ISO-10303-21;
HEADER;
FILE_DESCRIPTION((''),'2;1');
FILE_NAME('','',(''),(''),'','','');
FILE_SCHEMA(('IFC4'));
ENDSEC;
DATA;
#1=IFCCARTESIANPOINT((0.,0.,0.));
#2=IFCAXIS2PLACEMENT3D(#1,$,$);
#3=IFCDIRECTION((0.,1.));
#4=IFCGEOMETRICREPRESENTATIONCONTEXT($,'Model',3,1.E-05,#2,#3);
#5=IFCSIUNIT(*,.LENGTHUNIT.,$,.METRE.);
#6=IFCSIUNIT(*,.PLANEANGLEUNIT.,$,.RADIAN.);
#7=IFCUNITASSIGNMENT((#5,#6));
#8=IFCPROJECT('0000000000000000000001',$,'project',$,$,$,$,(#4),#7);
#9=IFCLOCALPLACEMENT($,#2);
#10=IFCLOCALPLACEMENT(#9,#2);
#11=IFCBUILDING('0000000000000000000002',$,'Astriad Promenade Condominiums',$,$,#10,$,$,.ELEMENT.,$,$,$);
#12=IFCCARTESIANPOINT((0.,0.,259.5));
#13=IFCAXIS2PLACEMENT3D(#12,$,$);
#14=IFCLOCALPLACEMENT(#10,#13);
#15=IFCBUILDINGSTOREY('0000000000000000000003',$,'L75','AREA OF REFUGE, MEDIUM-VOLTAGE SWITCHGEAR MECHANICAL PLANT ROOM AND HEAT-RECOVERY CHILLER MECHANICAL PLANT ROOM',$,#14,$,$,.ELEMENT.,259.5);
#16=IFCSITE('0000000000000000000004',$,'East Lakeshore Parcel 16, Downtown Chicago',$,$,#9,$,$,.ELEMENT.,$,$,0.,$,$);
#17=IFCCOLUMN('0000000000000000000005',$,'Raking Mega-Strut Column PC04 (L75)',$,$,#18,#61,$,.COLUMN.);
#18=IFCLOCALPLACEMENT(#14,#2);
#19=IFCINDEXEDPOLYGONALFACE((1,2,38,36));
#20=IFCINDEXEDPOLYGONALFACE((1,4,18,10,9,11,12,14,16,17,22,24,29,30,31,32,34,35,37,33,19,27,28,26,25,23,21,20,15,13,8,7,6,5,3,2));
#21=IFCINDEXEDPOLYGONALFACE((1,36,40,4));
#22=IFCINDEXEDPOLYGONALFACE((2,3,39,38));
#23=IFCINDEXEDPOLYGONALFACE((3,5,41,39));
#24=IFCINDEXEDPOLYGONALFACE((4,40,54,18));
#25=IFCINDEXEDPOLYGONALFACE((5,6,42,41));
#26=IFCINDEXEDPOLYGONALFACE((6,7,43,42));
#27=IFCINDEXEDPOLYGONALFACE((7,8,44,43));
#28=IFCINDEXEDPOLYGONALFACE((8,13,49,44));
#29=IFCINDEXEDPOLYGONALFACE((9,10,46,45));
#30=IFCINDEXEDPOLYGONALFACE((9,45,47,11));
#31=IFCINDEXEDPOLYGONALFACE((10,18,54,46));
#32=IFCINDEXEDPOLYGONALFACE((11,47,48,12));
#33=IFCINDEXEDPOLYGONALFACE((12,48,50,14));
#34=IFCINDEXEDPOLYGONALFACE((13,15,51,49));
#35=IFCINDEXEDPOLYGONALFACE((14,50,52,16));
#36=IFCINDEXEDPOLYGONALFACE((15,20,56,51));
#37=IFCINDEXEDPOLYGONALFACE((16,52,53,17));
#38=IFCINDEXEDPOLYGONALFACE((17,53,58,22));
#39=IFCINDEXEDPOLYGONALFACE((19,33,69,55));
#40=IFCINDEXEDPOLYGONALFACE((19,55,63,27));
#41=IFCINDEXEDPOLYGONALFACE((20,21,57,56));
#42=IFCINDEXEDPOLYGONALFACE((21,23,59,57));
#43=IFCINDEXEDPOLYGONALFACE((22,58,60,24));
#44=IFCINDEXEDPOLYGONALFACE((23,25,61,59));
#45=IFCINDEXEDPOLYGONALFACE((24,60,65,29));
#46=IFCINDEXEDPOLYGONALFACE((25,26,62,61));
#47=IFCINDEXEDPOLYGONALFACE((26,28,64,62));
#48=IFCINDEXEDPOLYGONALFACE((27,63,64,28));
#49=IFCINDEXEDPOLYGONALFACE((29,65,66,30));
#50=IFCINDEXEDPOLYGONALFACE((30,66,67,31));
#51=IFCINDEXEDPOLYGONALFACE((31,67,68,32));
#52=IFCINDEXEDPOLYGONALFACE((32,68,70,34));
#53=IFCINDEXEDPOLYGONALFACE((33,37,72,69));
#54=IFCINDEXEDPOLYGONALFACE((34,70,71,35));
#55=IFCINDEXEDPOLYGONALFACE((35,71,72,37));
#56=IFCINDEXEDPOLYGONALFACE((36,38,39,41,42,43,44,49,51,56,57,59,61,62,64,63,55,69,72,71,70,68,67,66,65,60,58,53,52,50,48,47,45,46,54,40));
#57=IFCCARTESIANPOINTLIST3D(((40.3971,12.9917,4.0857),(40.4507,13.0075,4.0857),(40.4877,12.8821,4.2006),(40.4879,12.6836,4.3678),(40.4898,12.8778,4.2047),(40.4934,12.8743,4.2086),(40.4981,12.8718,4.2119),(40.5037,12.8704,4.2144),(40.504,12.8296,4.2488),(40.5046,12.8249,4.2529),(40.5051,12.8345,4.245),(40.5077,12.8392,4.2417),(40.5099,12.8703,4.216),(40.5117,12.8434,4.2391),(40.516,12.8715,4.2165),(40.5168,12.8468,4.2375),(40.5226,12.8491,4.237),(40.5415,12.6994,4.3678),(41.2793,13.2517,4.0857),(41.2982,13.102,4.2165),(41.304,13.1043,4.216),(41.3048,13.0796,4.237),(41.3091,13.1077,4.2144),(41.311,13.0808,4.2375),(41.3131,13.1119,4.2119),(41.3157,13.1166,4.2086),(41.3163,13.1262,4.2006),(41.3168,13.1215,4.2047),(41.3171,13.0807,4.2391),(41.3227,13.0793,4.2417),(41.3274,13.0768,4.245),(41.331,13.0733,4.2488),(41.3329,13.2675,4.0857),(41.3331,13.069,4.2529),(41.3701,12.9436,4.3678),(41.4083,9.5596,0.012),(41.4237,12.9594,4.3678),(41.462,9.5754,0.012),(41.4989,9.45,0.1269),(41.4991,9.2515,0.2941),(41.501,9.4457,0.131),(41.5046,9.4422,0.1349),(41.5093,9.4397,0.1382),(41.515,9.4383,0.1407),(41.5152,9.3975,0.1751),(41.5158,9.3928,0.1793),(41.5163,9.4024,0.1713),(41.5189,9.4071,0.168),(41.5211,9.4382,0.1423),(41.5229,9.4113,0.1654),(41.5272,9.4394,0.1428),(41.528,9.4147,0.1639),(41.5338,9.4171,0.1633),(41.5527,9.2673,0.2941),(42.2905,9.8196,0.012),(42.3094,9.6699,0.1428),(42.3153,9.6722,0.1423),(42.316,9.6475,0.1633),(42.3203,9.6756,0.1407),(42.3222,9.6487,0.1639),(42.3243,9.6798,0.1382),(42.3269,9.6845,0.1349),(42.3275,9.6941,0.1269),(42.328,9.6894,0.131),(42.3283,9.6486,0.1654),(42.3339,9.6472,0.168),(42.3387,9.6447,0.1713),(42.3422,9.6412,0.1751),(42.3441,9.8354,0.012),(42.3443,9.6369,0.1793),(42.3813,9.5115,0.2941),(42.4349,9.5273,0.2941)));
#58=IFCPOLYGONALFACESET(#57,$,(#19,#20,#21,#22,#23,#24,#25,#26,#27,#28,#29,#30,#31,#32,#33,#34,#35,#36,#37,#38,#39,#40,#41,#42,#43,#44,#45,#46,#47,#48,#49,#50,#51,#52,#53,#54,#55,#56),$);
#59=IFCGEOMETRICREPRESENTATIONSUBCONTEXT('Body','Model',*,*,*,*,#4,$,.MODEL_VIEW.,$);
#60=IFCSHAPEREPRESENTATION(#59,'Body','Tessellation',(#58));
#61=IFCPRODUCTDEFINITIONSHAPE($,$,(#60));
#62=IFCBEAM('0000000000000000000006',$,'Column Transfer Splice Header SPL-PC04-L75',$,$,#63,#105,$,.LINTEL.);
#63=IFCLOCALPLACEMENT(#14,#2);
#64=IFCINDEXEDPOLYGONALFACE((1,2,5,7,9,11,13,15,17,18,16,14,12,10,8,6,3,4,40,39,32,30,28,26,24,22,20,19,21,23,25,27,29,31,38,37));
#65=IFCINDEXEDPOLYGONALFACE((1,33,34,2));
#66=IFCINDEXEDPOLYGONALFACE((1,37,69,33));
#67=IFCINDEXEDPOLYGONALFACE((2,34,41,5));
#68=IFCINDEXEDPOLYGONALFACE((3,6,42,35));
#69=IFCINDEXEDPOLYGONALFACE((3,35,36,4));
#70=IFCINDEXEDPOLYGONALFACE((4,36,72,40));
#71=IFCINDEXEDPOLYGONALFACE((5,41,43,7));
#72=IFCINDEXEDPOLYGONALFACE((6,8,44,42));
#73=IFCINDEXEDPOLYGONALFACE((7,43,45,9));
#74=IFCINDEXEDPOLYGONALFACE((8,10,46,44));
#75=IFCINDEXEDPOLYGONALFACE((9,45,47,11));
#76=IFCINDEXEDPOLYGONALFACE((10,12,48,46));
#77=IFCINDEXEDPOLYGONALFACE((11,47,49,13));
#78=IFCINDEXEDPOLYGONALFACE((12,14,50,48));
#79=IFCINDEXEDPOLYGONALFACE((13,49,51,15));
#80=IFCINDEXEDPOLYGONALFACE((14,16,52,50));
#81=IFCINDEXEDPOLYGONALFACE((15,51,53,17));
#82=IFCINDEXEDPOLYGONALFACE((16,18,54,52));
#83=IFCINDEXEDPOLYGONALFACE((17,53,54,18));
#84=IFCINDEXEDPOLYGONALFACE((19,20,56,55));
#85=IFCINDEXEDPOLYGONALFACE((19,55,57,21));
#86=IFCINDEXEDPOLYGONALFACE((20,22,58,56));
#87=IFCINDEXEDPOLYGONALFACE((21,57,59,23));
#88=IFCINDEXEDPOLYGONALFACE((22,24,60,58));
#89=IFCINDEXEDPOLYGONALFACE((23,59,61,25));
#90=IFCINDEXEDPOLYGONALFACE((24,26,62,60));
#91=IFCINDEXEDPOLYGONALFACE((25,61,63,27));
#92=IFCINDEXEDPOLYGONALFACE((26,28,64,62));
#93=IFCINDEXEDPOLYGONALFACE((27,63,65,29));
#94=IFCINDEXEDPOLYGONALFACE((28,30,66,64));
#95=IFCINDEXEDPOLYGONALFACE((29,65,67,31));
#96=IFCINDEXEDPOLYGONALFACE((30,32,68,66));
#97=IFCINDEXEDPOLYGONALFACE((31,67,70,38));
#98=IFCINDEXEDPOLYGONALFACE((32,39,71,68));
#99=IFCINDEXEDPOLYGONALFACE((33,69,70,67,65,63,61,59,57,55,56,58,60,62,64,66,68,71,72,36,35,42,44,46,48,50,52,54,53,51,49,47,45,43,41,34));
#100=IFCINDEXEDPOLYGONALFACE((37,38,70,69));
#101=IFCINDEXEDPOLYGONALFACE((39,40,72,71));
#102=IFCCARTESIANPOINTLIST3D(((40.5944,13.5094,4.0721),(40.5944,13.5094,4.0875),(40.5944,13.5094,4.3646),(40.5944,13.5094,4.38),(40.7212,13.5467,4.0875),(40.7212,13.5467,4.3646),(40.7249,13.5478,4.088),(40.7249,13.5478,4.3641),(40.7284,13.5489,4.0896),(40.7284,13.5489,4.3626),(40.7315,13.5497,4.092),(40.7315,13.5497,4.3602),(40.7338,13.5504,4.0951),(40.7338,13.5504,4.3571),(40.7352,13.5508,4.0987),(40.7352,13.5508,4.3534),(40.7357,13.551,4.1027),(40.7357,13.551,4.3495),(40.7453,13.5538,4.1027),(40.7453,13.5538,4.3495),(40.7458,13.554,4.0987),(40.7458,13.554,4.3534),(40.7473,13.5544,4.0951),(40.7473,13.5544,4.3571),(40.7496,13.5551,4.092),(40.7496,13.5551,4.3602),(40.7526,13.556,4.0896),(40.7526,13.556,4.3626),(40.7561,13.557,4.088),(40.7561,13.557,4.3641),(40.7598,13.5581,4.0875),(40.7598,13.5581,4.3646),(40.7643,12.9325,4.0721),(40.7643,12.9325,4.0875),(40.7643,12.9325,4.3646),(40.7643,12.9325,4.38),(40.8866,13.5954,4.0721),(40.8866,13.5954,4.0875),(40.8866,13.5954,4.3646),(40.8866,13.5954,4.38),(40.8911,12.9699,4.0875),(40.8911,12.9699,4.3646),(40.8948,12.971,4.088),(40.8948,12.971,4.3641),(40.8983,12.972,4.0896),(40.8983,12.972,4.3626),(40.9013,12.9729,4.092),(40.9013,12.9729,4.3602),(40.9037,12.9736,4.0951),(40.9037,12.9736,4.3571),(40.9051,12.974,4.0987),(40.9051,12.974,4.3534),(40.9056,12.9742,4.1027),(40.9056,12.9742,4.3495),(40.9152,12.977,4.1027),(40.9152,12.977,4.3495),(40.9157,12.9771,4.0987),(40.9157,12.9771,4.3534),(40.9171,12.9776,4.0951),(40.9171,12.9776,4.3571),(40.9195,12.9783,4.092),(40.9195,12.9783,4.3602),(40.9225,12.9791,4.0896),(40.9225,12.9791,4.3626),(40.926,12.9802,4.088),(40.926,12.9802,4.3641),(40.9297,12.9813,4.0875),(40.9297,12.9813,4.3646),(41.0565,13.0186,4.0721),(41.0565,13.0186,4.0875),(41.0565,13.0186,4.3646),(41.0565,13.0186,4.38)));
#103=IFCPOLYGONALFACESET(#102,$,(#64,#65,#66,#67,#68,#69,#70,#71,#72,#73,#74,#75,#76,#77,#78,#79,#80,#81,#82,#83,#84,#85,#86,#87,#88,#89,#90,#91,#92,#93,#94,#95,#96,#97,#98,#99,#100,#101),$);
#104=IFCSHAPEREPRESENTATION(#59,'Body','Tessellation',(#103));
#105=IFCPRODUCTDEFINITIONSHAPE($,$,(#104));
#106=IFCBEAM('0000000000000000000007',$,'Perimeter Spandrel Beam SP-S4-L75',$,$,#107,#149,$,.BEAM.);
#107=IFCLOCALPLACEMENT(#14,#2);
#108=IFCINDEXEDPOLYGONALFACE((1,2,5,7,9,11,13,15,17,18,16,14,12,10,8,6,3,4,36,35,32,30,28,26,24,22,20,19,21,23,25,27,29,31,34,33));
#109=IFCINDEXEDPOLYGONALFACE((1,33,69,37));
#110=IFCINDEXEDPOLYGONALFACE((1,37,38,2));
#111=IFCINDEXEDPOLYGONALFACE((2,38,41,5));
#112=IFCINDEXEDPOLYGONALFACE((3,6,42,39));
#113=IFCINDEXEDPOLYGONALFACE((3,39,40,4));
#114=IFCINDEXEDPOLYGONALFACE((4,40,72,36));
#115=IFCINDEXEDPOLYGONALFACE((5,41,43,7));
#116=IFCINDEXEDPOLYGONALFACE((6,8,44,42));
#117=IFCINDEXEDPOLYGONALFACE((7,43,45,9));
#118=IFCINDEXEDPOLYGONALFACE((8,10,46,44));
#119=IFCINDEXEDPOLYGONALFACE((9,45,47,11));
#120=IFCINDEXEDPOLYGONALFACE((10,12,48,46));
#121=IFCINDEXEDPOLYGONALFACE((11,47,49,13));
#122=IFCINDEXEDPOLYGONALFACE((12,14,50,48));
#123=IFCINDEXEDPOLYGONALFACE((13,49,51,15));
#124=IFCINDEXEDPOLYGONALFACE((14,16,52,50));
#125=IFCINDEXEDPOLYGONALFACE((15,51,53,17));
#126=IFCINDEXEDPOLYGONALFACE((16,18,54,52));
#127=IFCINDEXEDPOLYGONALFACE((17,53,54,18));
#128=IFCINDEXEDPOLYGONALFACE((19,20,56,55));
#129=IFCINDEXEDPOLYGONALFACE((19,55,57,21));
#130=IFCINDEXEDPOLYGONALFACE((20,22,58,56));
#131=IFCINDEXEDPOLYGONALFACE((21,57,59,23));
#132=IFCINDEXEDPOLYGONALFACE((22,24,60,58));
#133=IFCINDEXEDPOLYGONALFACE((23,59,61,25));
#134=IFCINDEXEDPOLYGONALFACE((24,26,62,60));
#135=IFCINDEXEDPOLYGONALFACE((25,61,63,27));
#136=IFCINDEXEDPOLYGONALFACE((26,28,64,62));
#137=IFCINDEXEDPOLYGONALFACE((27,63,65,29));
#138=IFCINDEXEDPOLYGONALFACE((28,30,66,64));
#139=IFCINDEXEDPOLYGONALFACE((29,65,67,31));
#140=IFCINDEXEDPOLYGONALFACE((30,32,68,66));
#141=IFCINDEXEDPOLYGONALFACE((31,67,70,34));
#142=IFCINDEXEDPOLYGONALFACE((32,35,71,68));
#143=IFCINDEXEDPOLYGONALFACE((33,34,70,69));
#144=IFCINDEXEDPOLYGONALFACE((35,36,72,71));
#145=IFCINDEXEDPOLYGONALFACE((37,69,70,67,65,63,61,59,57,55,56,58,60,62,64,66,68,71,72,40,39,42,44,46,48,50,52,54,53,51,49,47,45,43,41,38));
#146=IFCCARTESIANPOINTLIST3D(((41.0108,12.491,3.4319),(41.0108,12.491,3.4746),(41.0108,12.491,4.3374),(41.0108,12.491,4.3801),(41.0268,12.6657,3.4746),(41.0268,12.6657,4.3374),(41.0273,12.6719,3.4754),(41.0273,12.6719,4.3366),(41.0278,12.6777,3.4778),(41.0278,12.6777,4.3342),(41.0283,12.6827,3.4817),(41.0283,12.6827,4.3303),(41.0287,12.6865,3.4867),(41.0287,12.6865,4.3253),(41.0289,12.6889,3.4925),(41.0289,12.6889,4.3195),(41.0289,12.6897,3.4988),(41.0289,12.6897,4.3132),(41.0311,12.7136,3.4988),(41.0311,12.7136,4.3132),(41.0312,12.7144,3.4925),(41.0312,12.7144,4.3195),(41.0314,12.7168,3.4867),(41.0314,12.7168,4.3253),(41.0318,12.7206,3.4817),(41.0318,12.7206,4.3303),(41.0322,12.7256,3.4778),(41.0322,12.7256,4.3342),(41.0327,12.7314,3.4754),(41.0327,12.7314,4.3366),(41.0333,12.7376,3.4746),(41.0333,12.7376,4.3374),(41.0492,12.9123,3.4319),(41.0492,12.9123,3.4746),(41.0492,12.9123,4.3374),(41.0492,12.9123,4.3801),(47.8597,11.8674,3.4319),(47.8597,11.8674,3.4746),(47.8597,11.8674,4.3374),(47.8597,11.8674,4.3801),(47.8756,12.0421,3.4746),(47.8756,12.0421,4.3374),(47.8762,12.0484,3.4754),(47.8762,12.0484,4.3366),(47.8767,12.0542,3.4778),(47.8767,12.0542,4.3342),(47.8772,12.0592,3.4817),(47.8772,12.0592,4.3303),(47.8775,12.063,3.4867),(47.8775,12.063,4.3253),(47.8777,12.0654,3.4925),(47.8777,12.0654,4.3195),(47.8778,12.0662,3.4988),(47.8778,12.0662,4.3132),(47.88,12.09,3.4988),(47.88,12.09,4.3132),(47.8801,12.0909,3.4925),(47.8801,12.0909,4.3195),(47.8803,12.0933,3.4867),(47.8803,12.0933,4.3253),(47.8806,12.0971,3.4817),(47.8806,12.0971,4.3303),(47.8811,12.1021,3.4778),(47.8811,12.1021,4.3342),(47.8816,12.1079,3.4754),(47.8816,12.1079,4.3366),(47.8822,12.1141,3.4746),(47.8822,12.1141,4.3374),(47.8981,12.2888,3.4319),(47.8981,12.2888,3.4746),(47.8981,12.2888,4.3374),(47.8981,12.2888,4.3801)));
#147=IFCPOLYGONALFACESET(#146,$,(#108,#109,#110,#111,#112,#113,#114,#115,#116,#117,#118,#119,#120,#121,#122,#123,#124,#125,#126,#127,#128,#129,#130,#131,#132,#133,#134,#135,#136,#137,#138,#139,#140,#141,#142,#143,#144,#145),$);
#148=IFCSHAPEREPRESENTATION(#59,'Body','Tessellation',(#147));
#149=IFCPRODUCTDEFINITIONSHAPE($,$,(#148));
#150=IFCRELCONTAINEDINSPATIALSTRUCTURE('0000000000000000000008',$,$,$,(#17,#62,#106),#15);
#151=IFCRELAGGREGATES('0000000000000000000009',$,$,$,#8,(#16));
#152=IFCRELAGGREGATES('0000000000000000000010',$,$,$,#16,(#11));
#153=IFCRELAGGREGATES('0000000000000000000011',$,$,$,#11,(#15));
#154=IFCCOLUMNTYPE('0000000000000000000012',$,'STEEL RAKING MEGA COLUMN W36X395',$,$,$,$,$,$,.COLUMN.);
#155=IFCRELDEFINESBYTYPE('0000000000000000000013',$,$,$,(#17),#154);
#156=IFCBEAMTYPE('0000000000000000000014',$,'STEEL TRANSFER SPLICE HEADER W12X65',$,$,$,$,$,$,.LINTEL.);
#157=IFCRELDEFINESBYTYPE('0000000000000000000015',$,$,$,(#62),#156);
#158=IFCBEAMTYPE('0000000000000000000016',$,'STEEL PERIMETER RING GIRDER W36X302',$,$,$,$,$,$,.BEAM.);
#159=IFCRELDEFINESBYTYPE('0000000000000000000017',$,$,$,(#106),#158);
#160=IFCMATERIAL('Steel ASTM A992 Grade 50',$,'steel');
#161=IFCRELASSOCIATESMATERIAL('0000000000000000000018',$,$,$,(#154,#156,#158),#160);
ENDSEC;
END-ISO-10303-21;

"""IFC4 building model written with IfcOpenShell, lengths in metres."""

from ifc_helpers import new_model, si_unit, direction, frame, origin, origin_2d, place, context, subcontext, project, spatial, i_section, extrude, source, transform, mapped, material, material_profile, profile_set, type_object, type_shapes, element, save


model = new_model("IFC4")

# Units and contexts
model_context = context("Model", 3, precision=1e-05, world=origin(), true_north=direction((0.0, 1.0)))
body_context = subcontext(model_context, "Body", "Model", "MODEL_VIEW")
ifc_project = project(units=[si_unit("LENGTHUNIT", "METRE"), si_unit("PLANEANGLEUNIT", "RADIAN")], contexts=[model_context])

# Site, building, storey
site_placement = place(None, origin())
site = spatial("IfcSite", under=ifc_project, at=site_placement, Name="East Lakeshore Parcel 16, Downtown Chicago", CompositionType="ELEMENT", RefElevation=0.0)
building_placement = place(site_placement, origin())
building = spatial("IfcBuilding", under=site, at=building_placement, Name="Astriad Promenade Condominiums", CompositionType="ELEMENT")
storey_placement = place(building_placement, frame((0.0, 0.0, 259.5)))
storey = spatial("IfcBuildingStorey", under=building, at=storey_placement, Name="L75", Description="AREA OF REFUGE, MEDIUM-VOLTAGE SWITCHGEAR MECHANICAL PLANT ROOM AND HEAT-RECOVERY CHILLER MECHANICAL PLANT ROOM", CompositionType="ELEMENT", Elevation=259.5)

# Column
ifc_material_1 = material(Name="Steel ASTM A992 Grade 50", Category="steel")
ifc_material_profile_1 = material_profile(ifc_material_1, i_section(OverallWidth=0.4275, OverallDepth=0.9756, WebThickness=0.031, FlangeThickness=0.0559, FilletRadius=0.0242, at=origin_2d()), Name="W36X395")
ifc_profile_set_1 = profile_set([ifc_material_profile_1], Name="Steel ASTM A992 Grade 50")
column_type = type_object("IfcColumnType", Name="STEEL RAKING MEGA COLUMN W36X395", PredefinedType="COLUMN", material=ifc_profile_set_1)
shared_shape_1 = source(origin(), body_context, "Body", "SweptSolid", [
    extrude(i_section(OverallWidth=0.4275, OverallDepth=0.9756, WebThickness=0.031, FlangeThickness=0.0559, FilletRadius=0.0242, at=origin_2d()), origin(), (0.0, 0.0, 1.0), 5.4219),
])
type_shapes(column_type, [shared_shape_1])
column_placement = place(storey_placement, frame((41.9216, 9.5435, 0.1531), z_axis=(-0.186507, 0.633008, 0.751343), x_axis=(0.212348, -0.720711, 0.659912)))
element("IfcColumn", 1, at=column_placement, inside=storey, type_object=column_type, Name="Raking Mega-Strut Column PC04 (L75)", PredefinedType="COLUMN", context=body_context, shape_type="MappedRepresentation", body=[
    mapped(shared_shape_1, transform((0.0, 0.0, 0.0), scale=1.0)),
])

# Beams
ifc_material_profile_2 = material_profile(ifc_material_1, i_section(OverallWidth=0.3047, OverallDepth=0.3079, WebThickness=0.01, FlangeThickness=0.0154, FilletRadius=0.0151, at=origin_2d()), Name="W12X65")
ifc_profile_set_2 = profile_set([ifc_material_profile_2], Name="Steel ASTM A992 Grade 50")
beam_type_1 = type_object("IfcBeamType", Name="STEEL TRANSFER SPLICE HEADER W12X65", PredefinedType="LINTEL", material=ifc_profile_set_2)
shared_shape_2 = source(origin(), body_context, "Body", "SweptSolid", [
    extrude(i_section(OverallWidth=0.3047, OverallDepth=0.3079, WebThickness=0.01, FlangeThickness=0.0154, FilletRadius=0.0151, at=origin_2d()), origin(), (0.0, 0.0, 1.0), 0.6013),
])
type_shapes(beam_type_1, [shared_shape_2])
beam_1_placement = place(storey_placement, frame((40.9104, 12.9756, 4.2261), z_axis=(-0.28254, 0.959256, 0.0), x_axis=(-0.959256, -0.28254, 0.0)))
element("IfcBeam", 2, at=beam_1_placement, inside=storey, type_object=beam_type_1, Name="Column Transfer Splice Header SPL-PC04-L75", PredefinedType="LINTEL", context=body_context, shape_type="MappedRepresentation", body=[
    mapped(shared_shape_2, transform((0.0, 0.0, 0.0), scale=1.0)),
])
ifc_material_profile_3 = material_profile(ifc_material_1, i_section(OverallWidth=0.4231, OverallDepth=0.9482, WebThickness=0.0239, FlangeThickness=0.0427, FilletRadius=0.0242, at=origin_2d()), Name="W36X302")
ifc_profile_set_3 = profile_set([ifc_material_profile_3], Name="Steel ASTM A992 Grade 50")
beam_type_2 = type_object("IfcBeamType", Name="STEEL PERIMETER RING GIRDER W36X302", PredefinedType="BEAM", material=ifc_profile_set_3)
shared_shape_3 = source(origin(), body_context, "Body", "SweptSolid", [
    extrude(i_section(OverallWidth=0.4231, OverallDepth=0.9482, WebThickness=0.0239, FlangeThickness=0.0427, FilletRadius=0.0242, at=origin_2d()), origin(), (0.0, 0.0, 1.0), 6.8772),
])
type_shapes(beam_type_2, [shared_shape_3])
beam_2_placement = place(storey_placement, frame((41.03, 12.7017, 3.906), z_axis=(0.995881, -0.090667, 0.0), x_axis=(0.090667, 0.995881, 0.0)))
element("IfcBeam", 3, at=beam_2_placement, inside=storey, type_object=beam_type_2, Name="Perimeter Spandrel Beam SP-S4-L75", PredefinedType="BEAM", context=body_context, shape_type="MappedRepresentation", body=[
    mapped(shared_shape_3, transform((0.0, 0.0, 0.0), scale=1.0)),
])

save(model, "model.ifc")
